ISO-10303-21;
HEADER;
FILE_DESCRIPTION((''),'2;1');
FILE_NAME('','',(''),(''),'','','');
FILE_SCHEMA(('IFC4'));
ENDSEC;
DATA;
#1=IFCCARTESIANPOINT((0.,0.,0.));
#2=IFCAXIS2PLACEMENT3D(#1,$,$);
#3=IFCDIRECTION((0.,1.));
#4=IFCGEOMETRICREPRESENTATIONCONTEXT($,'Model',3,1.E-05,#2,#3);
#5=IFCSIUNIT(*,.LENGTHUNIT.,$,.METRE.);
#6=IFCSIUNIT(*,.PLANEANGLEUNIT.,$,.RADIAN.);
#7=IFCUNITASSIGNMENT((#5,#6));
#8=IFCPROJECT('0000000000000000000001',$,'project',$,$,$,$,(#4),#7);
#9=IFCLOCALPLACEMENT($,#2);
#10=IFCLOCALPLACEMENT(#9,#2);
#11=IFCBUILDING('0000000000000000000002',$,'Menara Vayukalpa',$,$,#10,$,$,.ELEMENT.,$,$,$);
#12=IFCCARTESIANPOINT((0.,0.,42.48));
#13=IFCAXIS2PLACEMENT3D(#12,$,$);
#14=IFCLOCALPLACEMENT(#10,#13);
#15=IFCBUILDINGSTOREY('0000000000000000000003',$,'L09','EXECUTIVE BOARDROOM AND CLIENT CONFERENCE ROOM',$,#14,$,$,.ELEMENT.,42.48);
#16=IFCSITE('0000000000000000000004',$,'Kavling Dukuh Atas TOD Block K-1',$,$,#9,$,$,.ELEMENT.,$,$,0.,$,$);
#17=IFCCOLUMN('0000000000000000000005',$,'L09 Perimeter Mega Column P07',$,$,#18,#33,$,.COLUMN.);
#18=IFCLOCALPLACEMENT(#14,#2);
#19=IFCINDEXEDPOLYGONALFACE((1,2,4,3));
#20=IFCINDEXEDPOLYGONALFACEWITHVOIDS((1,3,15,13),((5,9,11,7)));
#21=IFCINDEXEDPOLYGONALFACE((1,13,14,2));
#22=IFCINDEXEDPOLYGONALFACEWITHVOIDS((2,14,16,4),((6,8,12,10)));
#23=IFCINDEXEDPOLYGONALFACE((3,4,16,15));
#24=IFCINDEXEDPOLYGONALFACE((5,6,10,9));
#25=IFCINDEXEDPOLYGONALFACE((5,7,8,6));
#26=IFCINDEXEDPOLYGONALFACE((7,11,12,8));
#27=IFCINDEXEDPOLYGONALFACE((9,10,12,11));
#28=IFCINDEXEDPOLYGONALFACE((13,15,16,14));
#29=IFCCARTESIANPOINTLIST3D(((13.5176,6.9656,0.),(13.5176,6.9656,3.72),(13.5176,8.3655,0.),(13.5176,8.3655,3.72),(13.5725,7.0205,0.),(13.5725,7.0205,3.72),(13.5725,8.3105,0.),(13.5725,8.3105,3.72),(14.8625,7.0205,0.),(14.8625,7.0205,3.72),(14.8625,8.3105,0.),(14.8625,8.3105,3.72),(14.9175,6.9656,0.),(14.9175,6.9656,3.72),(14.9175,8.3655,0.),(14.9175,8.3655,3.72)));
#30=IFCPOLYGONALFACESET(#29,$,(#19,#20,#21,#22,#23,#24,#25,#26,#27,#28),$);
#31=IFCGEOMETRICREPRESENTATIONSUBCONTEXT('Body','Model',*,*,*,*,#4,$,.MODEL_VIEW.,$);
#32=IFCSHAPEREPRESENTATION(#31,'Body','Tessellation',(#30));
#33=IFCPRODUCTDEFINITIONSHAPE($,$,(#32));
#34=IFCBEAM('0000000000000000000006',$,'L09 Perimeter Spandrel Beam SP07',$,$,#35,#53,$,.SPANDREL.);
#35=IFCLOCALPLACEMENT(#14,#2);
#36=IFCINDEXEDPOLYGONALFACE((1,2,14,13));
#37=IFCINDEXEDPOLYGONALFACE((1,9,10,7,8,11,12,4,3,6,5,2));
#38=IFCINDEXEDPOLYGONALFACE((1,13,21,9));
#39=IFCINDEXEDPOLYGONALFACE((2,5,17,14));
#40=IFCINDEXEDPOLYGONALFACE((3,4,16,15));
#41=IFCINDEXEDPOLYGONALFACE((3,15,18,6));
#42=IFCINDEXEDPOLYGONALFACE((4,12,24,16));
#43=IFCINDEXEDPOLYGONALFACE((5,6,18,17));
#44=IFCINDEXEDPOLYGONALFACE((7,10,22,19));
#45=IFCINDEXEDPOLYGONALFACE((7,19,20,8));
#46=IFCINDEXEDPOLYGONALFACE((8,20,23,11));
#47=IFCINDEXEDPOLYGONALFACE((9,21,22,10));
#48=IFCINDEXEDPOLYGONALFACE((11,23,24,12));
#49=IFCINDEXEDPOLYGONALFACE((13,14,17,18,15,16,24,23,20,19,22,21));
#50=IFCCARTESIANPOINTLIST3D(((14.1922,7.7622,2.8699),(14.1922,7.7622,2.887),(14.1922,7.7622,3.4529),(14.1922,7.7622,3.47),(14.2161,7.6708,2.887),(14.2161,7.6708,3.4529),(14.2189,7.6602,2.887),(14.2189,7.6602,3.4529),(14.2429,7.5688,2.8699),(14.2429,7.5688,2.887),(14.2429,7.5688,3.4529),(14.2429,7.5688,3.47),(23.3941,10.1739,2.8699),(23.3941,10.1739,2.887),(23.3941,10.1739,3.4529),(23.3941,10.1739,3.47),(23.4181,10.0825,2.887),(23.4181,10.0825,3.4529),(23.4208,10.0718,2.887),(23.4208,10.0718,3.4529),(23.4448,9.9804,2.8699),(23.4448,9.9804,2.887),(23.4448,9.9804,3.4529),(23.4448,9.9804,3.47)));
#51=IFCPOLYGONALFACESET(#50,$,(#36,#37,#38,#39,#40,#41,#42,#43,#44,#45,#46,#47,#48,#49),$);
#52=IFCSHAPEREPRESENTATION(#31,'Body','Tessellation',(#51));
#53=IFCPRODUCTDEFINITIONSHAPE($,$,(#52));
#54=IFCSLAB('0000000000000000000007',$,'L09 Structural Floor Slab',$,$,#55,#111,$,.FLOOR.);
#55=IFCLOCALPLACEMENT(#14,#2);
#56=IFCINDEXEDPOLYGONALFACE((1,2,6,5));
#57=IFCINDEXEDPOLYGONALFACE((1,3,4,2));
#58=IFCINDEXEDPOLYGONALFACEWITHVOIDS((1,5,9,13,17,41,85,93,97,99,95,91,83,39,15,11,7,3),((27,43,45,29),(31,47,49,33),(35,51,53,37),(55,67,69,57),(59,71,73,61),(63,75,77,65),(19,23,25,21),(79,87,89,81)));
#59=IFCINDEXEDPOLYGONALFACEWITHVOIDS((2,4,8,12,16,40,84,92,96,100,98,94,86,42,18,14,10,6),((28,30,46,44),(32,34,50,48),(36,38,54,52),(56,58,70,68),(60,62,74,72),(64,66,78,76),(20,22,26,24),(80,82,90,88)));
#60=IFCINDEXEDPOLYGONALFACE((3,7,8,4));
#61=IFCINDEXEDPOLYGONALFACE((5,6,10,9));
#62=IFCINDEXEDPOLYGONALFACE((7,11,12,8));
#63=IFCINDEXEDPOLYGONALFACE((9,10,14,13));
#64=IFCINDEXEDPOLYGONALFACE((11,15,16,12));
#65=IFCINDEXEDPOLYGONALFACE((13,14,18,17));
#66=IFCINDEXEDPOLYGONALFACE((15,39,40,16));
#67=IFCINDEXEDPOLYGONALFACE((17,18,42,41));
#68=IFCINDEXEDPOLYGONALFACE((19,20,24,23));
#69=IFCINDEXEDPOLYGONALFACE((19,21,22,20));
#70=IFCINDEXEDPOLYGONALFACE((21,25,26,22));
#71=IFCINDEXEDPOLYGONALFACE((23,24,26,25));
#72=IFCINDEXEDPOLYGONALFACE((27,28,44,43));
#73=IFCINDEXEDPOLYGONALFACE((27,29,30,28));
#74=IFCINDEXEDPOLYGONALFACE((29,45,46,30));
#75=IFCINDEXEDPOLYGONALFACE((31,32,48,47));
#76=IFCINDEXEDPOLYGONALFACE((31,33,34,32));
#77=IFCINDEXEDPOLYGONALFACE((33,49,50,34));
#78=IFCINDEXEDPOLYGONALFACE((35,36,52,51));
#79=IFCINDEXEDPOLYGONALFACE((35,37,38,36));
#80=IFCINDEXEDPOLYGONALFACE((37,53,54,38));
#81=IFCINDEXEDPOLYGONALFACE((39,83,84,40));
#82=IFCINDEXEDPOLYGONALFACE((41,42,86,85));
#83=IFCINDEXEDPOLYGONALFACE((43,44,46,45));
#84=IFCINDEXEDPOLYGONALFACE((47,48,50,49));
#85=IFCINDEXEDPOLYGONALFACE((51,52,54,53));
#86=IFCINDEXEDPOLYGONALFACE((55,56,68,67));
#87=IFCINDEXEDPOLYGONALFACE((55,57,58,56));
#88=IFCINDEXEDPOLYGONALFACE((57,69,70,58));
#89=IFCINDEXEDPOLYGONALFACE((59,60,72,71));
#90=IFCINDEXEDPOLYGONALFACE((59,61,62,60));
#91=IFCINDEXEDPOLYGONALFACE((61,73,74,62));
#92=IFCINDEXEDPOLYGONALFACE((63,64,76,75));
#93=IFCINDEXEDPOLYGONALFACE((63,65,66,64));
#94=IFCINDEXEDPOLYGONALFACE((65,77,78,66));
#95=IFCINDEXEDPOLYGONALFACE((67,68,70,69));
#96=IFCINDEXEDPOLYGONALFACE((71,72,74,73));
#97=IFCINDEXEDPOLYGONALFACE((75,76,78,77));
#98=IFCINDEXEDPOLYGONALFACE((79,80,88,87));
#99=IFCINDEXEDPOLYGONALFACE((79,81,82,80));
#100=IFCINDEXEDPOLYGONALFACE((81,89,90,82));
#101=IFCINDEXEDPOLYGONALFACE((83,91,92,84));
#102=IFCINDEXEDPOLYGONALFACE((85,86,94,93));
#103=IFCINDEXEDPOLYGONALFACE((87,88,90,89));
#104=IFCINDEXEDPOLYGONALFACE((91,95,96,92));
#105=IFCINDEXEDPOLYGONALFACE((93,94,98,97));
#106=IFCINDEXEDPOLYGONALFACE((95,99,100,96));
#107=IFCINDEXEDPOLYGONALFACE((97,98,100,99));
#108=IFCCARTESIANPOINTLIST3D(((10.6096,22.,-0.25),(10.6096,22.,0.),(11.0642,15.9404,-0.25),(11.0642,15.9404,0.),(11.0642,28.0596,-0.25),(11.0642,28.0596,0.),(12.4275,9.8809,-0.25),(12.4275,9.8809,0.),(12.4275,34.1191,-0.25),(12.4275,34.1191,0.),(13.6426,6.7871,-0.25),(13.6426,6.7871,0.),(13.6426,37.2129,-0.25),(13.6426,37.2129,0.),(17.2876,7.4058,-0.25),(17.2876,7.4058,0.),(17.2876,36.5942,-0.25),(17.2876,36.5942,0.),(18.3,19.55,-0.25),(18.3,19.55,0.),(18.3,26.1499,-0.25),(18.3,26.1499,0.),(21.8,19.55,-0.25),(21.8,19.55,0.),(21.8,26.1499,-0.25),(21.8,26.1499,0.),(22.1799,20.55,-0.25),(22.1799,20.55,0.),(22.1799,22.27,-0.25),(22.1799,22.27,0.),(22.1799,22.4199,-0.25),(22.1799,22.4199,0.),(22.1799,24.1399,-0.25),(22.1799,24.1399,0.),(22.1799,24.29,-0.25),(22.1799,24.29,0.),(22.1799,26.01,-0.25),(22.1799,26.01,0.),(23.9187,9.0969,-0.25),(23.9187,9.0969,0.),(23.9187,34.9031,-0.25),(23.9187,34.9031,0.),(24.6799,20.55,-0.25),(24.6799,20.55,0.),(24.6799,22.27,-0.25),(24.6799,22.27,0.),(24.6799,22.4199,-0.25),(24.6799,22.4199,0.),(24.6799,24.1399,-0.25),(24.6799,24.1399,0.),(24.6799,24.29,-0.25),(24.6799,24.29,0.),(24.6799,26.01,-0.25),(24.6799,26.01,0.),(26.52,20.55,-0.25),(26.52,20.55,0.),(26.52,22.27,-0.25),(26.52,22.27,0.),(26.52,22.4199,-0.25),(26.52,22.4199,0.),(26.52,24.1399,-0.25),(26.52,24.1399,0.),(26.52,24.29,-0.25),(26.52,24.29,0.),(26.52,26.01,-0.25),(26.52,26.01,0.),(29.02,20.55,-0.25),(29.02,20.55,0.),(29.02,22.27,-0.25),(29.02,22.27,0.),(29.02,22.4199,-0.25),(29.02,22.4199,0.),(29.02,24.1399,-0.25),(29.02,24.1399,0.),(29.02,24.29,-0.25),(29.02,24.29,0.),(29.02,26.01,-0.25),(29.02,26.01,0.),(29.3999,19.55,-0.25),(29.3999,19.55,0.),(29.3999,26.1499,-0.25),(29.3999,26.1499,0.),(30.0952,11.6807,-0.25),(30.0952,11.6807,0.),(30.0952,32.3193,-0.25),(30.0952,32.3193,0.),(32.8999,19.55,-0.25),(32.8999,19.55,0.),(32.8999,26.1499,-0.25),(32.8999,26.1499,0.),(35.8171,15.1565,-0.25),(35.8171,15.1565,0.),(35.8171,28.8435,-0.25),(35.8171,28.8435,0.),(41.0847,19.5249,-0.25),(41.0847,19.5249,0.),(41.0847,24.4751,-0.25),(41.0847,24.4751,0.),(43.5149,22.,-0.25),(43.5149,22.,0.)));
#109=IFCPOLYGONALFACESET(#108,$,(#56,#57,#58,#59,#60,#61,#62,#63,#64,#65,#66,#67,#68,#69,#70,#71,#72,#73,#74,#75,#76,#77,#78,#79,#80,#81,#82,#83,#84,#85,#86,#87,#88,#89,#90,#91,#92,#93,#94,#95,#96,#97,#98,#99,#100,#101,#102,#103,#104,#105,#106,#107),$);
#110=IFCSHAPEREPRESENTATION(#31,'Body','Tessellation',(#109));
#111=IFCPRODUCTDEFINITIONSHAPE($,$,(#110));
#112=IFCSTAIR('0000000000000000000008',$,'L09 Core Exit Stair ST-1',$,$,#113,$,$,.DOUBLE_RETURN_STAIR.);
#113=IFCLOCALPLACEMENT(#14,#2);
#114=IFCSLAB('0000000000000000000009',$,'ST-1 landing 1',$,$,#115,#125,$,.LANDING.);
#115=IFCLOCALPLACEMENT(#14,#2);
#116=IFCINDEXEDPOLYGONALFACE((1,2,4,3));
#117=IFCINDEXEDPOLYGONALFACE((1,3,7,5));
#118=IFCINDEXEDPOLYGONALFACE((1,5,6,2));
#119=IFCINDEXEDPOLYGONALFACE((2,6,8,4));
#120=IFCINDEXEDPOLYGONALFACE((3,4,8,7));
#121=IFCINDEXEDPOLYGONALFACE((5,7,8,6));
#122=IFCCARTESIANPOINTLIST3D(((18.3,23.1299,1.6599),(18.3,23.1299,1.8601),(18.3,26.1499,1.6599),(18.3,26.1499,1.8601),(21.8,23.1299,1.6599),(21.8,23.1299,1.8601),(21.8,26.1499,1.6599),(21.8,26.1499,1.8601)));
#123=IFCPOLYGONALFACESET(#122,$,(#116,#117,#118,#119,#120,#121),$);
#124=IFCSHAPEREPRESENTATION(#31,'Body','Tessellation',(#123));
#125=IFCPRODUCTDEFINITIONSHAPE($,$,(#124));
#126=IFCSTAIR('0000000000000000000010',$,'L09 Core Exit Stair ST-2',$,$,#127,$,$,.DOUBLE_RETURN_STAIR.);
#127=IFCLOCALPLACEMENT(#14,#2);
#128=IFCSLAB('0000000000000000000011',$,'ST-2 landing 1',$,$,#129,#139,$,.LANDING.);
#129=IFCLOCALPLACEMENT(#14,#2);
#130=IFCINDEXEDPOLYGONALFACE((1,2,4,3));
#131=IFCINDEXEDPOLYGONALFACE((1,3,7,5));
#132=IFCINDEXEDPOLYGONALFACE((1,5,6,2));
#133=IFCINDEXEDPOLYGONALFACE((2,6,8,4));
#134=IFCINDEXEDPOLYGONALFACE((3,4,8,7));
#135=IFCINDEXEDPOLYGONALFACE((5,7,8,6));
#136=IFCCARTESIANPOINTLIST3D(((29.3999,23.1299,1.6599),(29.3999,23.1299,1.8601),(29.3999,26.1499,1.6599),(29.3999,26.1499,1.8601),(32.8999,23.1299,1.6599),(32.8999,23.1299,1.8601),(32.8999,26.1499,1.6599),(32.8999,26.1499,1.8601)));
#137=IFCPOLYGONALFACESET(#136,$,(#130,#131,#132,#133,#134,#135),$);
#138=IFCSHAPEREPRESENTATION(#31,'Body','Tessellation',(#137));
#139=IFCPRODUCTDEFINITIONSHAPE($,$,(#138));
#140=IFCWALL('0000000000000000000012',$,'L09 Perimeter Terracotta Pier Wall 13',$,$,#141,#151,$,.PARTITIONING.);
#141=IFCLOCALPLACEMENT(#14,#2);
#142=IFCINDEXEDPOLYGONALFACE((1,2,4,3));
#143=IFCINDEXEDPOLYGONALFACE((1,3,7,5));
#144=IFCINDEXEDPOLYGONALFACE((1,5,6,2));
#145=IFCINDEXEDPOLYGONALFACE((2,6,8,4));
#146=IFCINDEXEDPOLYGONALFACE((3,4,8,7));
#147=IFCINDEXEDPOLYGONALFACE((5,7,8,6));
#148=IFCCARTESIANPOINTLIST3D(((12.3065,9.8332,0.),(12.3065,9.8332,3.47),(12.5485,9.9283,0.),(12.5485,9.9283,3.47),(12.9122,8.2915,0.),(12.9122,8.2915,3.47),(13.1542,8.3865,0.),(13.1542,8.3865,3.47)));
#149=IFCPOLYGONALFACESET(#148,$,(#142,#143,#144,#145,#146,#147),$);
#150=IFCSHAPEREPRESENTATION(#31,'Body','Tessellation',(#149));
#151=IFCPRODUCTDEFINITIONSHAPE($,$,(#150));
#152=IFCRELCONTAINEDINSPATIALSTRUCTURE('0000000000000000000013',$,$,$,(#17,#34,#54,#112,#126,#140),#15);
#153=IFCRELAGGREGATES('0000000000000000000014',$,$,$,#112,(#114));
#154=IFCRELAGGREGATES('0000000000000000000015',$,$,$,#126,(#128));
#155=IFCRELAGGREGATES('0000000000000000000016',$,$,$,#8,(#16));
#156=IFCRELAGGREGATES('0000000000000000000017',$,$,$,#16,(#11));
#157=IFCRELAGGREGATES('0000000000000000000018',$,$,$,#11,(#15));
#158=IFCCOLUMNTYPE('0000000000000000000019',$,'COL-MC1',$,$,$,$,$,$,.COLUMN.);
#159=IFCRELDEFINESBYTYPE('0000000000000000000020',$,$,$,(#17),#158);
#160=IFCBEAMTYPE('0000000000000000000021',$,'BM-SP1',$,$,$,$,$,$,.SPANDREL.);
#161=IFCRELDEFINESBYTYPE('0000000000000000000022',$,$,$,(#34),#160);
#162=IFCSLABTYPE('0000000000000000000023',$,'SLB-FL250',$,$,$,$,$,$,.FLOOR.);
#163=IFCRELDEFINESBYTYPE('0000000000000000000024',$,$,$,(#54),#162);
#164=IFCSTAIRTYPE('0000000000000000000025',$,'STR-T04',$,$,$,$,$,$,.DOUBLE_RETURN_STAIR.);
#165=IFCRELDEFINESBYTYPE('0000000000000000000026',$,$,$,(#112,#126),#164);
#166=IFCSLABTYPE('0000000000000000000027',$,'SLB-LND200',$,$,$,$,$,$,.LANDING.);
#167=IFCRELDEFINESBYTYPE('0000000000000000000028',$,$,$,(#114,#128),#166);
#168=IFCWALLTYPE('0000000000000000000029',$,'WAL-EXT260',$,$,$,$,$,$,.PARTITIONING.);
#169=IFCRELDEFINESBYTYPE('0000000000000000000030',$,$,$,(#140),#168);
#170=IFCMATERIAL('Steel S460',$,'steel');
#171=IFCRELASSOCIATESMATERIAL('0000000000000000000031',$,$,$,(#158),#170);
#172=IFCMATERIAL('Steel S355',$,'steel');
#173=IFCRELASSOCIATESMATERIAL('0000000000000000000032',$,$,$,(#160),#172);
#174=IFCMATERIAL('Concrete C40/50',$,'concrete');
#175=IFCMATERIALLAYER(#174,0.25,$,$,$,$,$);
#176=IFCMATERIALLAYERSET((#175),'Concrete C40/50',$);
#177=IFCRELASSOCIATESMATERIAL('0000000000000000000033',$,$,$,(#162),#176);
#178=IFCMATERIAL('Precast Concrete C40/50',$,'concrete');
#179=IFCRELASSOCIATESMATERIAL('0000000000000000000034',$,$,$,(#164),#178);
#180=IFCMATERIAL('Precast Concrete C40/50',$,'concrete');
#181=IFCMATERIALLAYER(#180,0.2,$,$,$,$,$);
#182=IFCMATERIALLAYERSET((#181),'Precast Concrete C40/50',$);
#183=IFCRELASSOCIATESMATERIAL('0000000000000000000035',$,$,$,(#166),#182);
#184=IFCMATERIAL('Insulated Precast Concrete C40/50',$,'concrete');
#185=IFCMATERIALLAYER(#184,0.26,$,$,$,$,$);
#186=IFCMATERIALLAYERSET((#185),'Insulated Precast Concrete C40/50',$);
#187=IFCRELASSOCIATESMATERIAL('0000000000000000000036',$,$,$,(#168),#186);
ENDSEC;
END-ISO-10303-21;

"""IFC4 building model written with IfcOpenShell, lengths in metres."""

from ifc_helpers import new_model, si_unit, direction, frame, frame_2d, origin, origin_2d, place, context, subcontext, project, spatial, polyline, rectangle, hollow_rectangle, i_section, outline, extrude, material, layer, layer_set, material_profile, profile_set, type_object, element, aggregate, save


model = new_model("IFC4")

# Units and contexts
model_context = context("Model", 3, precision=1e-05, world=origin(), true_north=direction((0.0, 1.0)))
body_context = subcontext(model_context, "Body", "Model", "MODEL_VIEW")
ifc_project = project(units=[si_unit("LENGTHUNIT", "METRE"), si_unit("PLANEANGLEUNIT", "RADIAN")], contexts=[model_context])

# Site, building, storey
site_placement = place(None, origin())
site = spatial("IfcSite", under=ifc_project, at=site_placement, Name="Kavling Dukuh Atas TOD Block K-1", CompositionType="ELEMENT", RefElevation=0.0)
building_placement = place(site_placement, origin())
building = spatial("IfcBuilding", under=site, at=building_placement, Name="Menara Vayukalpa", CompositionType="ELEMENT")
storey_placement = place(building_placement, frame((0.0, 0.0, 42.48)))
storey = spatial("IfcBuildingStorey", under=building, at=storey_placement, Name="L09", Description="EXECUTIVE BOARDROOM AND CLIENT CONFERENCE ROOM", CompositionType="ELEMENT", Elevation=42.48)

# Column
ifc_material_1 = material(Name="Steel S460", Category="steel")
ifc_material_profile_1 = material_profile(ifc_material_1, hollow_rectangle(XDim=1.3999, YDim=1.3999, WallThickness=0.0549, at=origin_2d()), Name="BOX 1400x1400x55")
ifc_profile_set_1 = profile_set([ifc_material_profile_1], Name="Steel S460")
column_type = type_object("IfcColumnType", Name="COL-MC1", PredefinedType="COLUMN", material=ifc_profile_set_1)
column_placement = place(storey_placement, frame((14.2175, 7.6655, 0.0), z_axis=(0.0, 0.0, 1.0), x_axis=(1.0, 0.0, 0.0)))
element("IfcColumn", 1, at=column_placement, inside=storey, type_object=column_type, Name="L09 Perimeter Mega Column P07", PredefinedType="COLUMN", context=body_context, shape_type="SweptSolid", body=[
    extrude(hollow_rectangle(XDim=1.3999, YDim=1.3999, WallThickness=0.0549, at=origin_2d()), origin(), (0.0, 0.0, 1.0), 3.72),
])

# Beam
ifc_material_2 = material(Name="Steel S355", Category="steel")
ifc_material_profile_2 = material_profile(ifc_material_2, i_section(OverallWidth=0.2, OverallDepth=0.6001, WebThickness=0.011, FlangeThickness=0.0171, at=origin_2d()), Name="WF 600x200x11x17")
ifc_profile_set_2 = profile_set([ifc_material_profile_2], Name="Steel S355")
beam_type = type_object("IfcBeamType", Name="BM-SP1", PredefinedType="SPANDREL", material=ifc_profile_set_2)
beam_placement = place(storey_placement, frame((14.2175, 7.6655, 3.1699), z_axis=(0.967331, 0.253517, 0.0), x_axis=(-0.253517, 0.967331, 0.0)))
element("IfcBeam", 2, at=beam_placement, inside=storey, type_object=beam_type, Name="L09 Perimeter Spandrel Beam SP07", PredefinedType="SPANDREL", context=body_context, shape_type="SweptSolid", body=[
    extrude(i_section(OverallWidth=0.2, OverallDepth=0.6001, WebThickness=0.011, FlangeThickness=0.0171, at=origin_2d()), origin(), (0.0, 0.0, 1.0), 9.5127),
])

# Slab
ifc_material_3 = material(Name="Concrete C40/50", Category="concrete")
ifc_layer_1 = layer(ifc_material_3, 0.25)
ifc_layer_set_1 = layer_set([ifc_layer_1], Name="Concrete C40/50")
slab_type_1 = type_object("IfcSlabType", Name="SLB-FL250", PredefinedType="FLOOR", material=ifc_layer_set_1)
slab_1_placement = place(storey_placement, frame((0.0, 0.0, -0.25)))
element("IfcSlab", 3, at=slab_1_placement, inside=storey, type_object=slab_type_1, Name="L09 Structural Floor Slab", PredefinedType="FLOOR", context=body_context, shape_type="SweptSolid", body=[
    extrude(outline(polyline([(41.0847, 19.5249), (43.5149, 22.0), (41.0847, 24.4751), (35.8171, 28.8435), (30.0952, 32.3193), (23.9187, 34.9031), (17.2876, 36.5942), (13.6426, 37.2129), (12.4275, 34.1191), (11.0642, 28.0596), (10.6096, 22.0), (11.0642, 15.9404), (12.4275, 9.8809), (13.6426, 6.7871), (17.2876, 7.4058), (23.9187, 9.0969), (30.0952, 11.6807), (35.8171, 15.1565), (41.0847, 19.5249)]), holes=[polyline([(21.8, 19.55), (21.8, 26.1499), (18.3, 26.1499), (18.3, 19.55), (21.8, 19.55)]), polyline([(32.8999, 19.55), (32.8999, 26.1499), (29.3999, 26.1499), (29.3999, 19.55), (32.8999, 19.55)]), polyline([(22.1799, 20.55), (24.6799, 20.55), (24.6799, 22.27), (22.1799, 22.27), (22.1799, 20.55)]), polyline([(26.52, 20.55), (29.02, 20.55), (29.02, 22.27), (26.52, 22.27), (26.52, 20.55)]), polyline([(22.1799, 22.4199), (24.6799, 22.4199), (24.6799, 24.1399), (22.1799, 24.1399), (22.1799, 22.4199)]), polyline([(22.1799, 24.29), (24.6799, 24.29), (24.6799, 26.01), (22.1799, 26.01), (22.1799, 24.29)]), polyline([(26.52, 24.29), (29.02, 24.29), (29.02, 26.01), (26.52, 26.01), (26.52, 24.29)]), polyline([(26.52, 22.4199), (29.02, 22.4199), (29.02, 24.1399), (26.52, 24.1399), (26.52, 22.4199)])]), origin(), (0.0, 0.0, 1.0), 0.25),
])

# Stairs, slabs
ifc_material_4 = material(Name="Precast Concrete C40/50", Category="concrete")
stair_type = type_object("IfcStairType", Name="STR-T04", PredefinedType="DOUBLE_RETURN_STAIR", material=ifc_material_4)
stair_1_placement = place(storey_placement, origin())
stair_1 = element("IfcStair", 4, at=stair_1_placement, inside=storey, type_object=stair_type, Name="L09 Core Exit Stair ST-1", PredefinedType="DOUBLE_RETURN_STAIR")
ifc_material_5 = material(Name="Precast Concrete C40/50", Category="concrete")
ifc_layer_2 = layer(ifc_material_5, 0.2)
ifc_layer_set_2 = layer_set([ifc_layer_2], Name="Precast Concrete C40/50")
slab_type_2 = type_object("IfcSlabType", Name="SLB-LND200", PredefinedType="LANDING", material=ifc_layer_set_2)
slab_2_placement = place(storey_placement, frame((0.0, 0.0, 1.6599)))
slab_2 = element("IfcSlab", 5, at=slab_2_placement, type_object=slab_type_2, Name="ST-1 landing 1", PredefinedType="LANDING", context=body_context, shape_type="SweptSolid", body=[
    extrude(outline(polyline([(21.8, 23.1299), (21.8, 26.1499), (18.3, 26.1499), (18.3, 23.1299), (21.8, 23.1299)])), origin(), (0.0, 0.0, 1.0), 0.2002),
])
aggregate(stair_1, [slab_2])
stair_2_placement = place(storey_placement, origin())
stair_2 = element("IfcStair", 6, at=stair_2_placement, inside=storey, type_object=stair_type, Name="L09 Core Exit Stair ST-2", PredefinedType="DOUBLE_RETURN_STAIR")
slab_3_placement = place(storey_placement, frame((0.0, 0.0, 1.6599)))
slab_3 = element("IfcSlab", 7, at=slab_3_placement, type_object=slab_type_2, Name="ST-2 landing 1", PredefinedType="LANDING", context=body_context, shape_type="SweptSolid", body=[
    extrude(outline(polyline([(32.8999, 23.1299), (32.8999, 26.1499), (29.3999, 26.1499), (29.3999, 23.1299), (32.8999, 23.1299)])), origin(), (0.0, 0.0, 1.0), 0.2002),
])
aggregate(stair_2, [slab_3])

# Wall
ifc_material_6 = material(Name="Insulated Precast Concrete C40/50", Category="concrete")
ifc_layer_3 = layer(ifc_material_6, 0.26)
ifc_layer_set_3 = layer_set([ifc_layer_3], Name="Insulated Precast Concrete C40/50")
wall_type_1 = type_object("IfcWallType", Name="WAL-EXT260", PredefinedType="PARTITIONING", material=ifc_layer_set_3)
wall_1_placement = place(storey_placement, frame((13.0332, 8.3391, 0.0), z_axis=(0.0, 0.0, 1.0), x_axis=(-0.365666, 0.930746, 0.0)))
element("IfcWall", 8, at=wall_1_placement, inside=storey, type_object=wall_type_1, Name="L09 Perimeter Terracotta Pier Wall 13", PredefinedType="PARTITIONING", context=body_context, shape_type="SweptSolid", body=[
    extrude(rectangle(XDim=1.6565, YDim=0.26, at=frame_2d((0.8281, 0.0))), origin(), (0.0, 0.0, 1.0), 3.47),
])

save(model, "model.ifc")
